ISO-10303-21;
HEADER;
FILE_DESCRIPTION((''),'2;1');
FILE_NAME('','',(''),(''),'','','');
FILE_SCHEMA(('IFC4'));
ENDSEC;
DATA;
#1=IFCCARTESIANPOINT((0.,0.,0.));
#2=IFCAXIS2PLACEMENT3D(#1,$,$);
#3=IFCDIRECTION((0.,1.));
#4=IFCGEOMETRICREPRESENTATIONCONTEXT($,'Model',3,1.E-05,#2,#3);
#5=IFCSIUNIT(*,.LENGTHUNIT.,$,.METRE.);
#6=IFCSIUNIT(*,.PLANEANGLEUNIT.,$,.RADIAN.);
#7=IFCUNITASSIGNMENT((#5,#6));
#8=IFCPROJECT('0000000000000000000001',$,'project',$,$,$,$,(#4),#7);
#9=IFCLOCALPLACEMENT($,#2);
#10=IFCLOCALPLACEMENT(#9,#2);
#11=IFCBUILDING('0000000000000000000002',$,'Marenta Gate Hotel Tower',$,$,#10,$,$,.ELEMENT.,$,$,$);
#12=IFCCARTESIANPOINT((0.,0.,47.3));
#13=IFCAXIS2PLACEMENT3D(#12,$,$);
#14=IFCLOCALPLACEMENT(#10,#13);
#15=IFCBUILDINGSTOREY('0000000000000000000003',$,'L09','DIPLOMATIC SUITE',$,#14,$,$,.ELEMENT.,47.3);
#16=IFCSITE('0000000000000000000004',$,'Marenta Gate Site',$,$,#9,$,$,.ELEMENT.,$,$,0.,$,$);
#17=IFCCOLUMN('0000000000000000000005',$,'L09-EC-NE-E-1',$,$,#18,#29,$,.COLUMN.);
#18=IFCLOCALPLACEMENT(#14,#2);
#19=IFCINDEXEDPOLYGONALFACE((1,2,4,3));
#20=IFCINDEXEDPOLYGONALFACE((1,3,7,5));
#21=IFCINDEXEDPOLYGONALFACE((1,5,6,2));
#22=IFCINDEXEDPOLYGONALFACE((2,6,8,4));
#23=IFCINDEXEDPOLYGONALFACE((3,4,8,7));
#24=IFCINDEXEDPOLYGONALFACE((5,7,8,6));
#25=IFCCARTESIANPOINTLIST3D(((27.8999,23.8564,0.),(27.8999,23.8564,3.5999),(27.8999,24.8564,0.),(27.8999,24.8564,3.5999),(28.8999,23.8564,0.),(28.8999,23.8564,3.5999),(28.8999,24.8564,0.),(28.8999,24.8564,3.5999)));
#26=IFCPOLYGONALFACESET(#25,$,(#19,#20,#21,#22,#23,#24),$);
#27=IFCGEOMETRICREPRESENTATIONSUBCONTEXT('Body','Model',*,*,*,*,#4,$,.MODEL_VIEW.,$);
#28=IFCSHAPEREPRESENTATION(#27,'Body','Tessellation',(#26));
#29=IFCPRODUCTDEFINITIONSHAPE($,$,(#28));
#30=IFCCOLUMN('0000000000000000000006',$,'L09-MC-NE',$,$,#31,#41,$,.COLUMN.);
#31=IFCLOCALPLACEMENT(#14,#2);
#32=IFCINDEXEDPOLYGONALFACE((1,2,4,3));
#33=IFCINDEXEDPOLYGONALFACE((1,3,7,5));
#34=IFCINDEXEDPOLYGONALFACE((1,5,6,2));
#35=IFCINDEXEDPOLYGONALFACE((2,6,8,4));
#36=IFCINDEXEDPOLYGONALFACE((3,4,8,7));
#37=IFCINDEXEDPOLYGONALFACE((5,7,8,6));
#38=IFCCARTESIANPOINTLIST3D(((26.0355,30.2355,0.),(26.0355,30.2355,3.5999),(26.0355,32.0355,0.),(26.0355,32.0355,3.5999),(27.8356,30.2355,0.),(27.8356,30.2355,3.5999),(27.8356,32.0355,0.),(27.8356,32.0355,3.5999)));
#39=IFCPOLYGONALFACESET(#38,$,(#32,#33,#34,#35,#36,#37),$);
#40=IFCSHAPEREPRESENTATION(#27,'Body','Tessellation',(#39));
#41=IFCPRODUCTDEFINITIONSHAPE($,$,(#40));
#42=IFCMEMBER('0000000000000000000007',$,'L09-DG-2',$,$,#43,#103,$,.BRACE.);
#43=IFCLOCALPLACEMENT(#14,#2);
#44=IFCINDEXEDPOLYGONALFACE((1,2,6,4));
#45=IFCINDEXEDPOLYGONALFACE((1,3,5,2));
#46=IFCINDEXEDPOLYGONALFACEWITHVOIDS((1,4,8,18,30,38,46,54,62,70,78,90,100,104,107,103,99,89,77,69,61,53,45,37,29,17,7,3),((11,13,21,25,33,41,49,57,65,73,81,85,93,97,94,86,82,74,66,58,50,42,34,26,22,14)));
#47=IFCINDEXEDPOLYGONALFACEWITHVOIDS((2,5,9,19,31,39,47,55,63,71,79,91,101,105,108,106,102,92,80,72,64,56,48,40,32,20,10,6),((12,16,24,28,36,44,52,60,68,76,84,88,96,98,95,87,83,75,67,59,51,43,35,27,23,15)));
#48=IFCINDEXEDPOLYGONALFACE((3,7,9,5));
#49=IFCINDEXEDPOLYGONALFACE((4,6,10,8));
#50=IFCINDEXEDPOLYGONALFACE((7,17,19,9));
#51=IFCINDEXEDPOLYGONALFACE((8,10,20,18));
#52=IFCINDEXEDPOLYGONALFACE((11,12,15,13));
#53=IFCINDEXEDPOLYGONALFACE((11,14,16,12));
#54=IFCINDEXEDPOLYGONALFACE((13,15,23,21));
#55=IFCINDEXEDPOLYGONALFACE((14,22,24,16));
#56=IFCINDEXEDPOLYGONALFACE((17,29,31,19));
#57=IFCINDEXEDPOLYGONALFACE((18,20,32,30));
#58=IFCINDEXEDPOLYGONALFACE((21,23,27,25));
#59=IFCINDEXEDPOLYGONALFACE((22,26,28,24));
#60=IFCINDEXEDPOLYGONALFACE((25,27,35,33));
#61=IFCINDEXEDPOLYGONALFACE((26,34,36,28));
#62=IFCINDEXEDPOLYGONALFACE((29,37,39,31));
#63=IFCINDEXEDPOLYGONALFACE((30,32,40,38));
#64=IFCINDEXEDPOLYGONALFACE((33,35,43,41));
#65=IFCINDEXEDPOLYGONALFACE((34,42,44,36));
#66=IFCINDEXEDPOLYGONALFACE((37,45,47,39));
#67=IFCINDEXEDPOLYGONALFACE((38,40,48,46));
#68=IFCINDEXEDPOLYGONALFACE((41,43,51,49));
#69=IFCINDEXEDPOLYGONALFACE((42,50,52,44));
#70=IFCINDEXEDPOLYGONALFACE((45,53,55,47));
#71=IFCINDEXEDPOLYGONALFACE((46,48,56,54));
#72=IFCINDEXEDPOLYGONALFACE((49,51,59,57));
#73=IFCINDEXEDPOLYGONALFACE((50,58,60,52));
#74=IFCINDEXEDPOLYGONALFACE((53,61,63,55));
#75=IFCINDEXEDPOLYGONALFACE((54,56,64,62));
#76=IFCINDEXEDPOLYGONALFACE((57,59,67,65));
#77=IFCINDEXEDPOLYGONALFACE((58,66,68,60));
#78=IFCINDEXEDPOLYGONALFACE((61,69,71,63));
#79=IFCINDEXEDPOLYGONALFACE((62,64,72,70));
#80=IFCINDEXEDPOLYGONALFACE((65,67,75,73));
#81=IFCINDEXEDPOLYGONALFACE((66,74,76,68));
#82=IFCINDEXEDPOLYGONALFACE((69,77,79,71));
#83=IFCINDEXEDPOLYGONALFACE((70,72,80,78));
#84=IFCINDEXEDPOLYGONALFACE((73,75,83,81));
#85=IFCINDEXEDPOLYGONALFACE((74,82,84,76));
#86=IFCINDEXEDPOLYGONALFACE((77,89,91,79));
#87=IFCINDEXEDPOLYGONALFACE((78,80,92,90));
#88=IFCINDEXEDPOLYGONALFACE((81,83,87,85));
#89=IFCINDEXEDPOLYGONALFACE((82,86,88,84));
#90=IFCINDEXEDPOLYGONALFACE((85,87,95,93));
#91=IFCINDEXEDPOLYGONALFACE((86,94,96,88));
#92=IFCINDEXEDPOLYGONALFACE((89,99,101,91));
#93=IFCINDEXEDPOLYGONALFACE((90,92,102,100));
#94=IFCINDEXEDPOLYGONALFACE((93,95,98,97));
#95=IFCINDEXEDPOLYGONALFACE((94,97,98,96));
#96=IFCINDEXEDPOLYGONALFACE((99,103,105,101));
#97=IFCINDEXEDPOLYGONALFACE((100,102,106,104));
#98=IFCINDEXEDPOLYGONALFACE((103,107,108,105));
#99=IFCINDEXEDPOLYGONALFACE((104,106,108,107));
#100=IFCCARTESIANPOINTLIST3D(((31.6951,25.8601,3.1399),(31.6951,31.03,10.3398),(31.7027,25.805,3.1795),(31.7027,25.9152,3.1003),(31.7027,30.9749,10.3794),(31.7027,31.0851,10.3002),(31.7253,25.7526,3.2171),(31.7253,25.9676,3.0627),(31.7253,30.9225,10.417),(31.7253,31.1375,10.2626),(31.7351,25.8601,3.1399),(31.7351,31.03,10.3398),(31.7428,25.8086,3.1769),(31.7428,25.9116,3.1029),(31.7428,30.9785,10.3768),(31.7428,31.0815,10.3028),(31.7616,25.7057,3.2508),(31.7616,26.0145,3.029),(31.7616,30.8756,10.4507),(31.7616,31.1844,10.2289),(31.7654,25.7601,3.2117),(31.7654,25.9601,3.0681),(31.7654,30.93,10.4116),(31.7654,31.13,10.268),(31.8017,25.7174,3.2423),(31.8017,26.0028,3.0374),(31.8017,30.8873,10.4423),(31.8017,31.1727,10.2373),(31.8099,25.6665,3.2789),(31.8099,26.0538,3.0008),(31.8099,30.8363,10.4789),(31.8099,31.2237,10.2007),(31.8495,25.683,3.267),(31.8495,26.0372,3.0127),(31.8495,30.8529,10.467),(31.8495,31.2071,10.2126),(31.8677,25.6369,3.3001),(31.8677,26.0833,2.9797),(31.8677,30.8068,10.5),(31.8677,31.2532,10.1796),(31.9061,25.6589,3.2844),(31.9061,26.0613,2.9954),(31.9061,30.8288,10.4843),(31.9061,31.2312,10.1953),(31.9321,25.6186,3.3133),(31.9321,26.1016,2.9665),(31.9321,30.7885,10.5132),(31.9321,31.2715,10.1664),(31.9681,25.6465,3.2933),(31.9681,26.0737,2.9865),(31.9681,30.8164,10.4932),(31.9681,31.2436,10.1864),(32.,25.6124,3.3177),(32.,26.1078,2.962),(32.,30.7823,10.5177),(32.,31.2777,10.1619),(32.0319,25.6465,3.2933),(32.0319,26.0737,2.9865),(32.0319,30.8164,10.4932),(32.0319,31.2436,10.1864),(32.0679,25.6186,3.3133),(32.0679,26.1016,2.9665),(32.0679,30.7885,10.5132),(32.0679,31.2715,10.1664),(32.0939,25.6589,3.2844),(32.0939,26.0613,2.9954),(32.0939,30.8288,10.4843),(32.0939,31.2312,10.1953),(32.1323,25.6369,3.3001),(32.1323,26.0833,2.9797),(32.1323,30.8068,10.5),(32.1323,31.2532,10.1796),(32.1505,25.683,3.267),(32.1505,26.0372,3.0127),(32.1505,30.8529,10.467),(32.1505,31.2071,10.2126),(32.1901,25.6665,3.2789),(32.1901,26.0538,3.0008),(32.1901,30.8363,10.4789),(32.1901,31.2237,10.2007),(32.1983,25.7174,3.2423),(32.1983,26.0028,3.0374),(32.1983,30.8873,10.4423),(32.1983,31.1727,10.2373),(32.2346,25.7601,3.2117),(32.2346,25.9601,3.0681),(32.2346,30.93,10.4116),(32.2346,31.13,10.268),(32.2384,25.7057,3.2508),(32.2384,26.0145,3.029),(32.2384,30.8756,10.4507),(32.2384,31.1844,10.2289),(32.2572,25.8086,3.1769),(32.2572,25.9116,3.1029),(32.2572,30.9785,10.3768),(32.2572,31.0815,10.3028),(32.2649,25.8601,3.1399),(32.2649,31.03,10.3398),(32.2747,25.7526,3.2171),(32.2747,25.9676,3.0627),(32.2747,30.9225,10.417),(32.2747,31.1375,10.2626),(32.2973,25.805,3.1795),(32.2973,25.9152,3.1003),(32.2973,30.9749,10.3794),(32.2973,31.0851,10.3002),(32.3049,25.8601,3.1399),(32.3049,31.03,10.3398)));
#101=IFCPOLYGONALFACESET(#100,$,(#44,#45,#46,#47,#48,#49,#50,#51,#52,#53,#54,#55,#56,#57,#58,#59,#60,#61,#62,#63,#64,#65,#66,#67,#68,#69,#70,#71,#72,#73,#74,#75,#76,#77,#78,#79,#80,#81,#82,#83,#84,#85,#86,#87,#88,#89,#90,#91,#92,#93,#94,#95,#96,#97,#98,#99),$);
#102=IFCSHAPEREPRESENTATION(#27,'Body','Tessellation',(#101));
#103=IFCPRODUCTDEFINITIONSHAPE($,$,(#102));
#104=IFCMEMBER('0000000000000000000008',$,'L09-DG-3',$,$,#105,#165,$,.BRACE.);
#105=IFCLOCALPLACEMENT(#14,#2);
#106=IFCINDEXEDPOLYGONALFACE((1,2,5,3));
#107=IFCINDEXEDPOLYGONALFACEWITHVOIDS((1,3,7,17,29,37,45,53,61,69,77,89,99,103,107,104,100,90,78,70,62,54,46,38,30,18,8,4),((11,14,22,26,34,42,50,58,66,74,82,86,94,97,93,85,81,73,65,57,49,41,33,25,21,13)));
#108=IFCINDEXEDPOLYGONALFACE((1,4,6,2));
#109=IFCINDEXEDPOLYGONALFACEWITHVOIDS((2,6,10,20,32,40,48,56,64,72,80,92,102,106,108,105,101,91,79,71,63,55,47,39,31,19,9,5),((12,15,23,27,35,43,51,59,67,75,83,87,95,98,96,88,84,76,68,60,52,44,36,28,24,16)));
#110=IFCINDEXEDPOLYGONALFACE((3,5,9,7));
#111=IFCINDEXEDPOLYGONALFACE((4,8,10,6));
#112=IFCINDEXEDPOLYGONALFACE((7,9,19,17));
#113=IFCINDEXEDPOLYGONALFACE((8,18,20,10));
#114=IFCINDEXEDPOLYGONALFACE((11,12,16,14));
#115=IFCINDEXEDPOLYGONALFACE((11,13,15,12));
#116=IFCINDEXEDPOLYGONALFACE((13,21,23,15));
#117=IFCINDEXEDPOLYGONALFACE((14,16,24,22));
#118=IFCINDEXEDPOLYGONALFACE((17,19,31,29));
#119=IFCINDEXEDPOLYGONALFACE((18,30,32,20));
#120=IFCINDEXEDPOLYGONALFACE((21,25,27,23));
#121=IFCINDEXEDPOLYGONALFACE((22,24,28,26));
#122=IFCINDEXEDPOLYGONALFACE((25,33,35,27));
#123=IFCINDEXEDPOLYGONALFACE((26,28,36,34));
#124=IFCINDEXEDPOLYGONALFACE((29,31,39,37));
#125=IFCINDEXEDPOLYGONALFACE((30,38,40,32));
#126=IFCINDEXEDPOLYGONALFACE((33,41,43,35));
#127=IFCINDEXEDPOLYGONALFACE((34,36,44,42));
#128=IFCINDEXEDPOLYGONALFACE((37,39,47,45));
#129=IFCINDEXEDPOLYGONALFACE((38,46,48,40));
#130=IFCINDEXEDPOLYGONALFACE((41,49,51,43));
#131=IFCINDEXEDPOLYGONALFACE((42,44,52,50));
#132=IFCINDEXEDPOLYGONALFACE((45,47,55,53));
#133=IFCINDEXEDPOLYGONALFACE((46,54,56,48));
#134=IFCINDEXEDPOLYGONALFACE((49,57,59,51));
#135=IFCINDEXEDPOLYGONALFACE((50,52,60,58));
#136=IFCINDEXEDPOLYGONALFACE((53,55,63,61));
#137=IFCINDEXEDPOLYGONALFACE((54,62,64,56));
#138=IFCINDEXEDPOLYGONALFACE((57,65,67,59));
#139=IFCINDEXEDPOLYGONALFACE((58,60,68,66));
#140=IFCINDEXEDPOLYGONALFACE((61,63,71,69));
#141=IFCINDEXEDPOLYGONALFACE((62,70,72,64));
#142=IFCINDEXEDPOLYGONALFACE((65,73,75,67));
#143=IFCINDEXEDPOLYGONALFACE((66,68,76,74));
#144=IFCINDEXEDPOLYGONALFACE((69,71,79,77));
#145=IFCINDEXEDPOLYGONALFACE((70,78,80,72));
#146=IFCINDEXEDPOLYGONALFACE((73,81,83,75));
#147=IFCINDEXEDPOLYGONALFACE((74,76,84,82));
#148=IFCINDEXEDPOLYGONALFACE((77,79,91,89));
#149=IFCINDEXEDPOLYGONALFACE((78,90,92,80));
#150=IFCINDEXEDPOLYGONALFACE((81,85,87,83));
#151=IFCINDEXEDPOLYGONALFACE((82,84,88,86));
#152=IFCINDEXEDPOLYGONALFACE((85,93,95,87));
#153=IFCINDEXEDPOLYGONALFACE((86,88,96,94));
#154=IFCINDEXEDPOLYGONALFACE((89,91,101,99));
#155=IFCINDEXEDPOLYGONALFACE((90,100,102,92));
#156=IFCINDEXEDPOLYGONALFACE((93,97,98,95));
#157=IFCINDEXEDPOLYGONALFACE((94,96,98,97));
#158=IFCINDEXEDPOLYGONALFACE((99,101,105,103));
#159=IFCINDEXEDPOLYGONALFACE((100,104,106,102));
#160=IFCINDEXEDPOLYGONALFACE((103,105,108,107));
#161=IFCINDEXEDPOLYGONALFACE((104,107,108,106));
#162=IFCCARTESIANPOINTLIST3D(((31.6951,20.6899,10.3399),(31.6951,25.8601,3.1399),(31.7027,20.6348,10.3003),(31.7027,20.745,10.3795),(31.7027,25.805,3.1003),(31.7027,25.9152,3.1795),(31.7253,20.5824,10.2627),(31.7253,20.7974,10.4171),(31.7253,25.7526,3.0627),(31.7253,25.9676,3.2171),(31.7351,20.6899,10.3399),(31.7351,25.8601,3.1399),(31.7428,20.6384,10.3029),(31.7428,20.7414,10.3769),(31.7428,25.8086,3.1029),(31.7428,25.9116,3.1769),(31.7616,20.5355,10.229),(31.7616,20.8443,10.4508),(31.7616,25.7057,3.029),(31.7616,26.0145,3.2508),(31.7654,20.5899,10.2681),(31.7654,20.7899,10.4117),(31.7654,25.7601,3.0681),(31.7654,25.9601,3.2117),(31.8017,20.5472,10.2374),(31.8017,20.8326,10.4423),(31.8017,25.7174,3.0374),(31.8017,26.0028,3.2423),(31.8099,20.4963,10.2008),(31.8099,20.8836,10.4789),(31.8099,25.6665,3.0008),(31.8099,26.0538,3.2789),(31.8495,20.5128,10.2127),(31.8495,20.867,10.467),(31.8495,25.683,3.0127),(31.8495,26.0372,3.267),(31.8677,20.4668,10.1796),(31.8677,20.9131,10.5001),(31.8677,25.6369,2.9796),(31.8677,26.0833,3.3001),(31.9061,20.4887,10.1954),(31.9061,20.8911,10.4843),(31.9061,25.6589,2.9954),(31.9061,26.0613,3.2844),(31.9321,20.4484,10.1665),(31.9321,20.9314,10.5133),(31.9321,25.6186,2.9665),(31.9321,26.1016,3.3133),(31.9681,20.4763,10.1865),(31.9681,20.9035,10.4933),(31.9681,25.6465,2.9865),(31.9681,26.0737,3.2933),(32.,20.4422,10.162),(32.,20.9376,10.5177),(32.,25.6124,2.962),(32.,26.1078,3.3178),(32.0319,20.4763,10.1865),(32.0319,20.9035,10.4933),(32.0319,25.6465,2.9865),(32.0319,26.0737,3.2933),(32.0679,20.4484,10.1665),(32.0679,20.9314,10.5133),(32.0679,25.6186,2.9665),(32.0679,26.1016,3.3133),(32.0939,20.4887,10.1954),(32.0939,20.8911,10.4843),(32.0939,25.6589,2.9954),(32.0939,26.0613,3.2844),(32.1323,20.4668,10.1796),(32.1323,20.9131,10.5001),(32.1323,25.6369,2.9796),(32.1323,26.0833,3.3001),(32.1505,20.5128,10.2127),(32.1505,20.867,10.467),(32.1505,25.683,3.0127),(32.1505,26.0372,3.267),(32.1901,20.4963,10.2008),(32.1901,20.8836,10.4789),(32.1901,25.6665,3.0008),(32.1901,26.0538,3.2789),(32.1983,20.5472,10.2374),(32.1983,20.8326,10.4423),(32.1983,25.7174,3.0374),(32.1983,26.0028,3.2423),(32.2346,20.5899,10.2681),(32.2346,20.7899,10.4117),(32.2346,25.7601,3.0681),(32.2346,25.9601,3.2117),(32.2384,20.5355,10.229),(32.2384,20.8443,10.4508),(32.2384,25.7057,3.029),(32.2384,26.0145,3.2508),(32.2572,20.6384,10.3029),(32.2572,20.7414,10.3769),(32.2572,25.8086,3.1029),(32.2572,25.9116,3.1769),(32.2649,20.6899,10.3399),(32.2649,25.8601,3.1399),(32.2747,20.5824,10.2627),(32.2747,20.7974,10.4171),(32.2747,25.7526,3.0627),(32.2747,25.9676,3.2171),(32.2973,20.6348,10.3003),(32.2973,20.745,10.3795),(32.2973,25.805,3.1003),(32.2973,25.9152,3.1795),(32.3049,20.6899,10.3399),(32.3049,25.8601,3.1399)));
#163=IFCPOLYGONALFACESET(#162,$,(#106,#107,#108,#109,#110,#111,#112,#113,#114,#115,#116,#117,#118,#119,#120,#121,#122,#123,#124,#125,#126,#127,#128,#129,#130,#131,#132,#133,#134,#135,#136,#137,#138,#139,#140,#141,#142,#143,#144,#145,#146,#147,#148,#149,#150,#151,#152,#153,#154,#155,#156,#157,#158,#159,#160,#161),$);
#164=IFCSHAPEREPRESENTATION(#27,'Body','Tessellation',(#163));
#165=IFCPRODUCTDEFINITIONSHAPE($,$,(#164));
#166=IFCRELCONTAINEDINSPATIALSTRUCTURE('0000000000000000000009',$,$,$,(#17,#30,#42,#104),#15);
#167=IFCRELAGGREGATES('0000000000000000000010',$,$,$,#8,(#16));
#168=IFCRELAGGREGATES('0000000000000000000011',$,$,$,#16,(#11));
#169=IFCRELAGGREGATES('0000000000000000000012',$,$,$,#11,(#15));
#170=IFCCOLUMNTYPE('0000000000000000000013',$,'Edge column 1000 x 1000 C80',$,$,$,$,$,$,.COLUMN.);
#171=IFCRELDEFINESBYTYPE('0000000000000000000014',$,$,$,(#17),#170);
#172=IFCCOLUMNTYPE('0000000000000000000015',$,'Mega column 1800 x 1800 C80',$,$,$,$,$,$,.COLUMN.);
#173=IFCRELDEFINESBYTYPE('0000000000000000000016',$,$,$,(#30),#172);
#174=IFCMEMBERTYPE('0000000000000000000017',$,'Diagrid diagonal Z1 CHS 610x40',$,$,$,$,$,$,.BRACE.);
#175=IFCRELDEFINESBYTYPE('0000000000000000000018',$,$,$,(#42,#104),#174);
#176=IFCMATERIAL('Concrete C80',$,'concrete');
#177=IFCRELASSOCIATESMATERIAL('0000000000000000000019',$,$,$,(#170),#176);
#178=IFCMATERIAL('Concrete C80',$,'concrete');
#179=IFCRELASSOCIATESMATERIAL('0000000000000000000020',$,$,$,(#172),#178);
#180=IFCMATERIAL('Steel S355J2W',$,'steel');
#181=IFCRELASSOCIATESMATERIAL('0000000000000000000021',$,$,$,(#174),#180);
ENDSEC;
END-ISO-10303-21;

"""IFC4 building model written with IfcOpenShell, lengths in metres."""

from ifc_helpers import new_model, si_unit, direction, frame, origin, origin_2d, place, context, subcontext, project, spatial, rectangle, hollow_circle, extrude, material, material_profile, profile_set, type_object, element, save


model = new_model("IFC4")

# Units and contexts
model_context = context("Model", 3, precision=1e-05, world=origin(), true_north=direction((0.0, 1.0)))
body_context = subcontext(model_context, "Body", "Model", "MODEL_VIEW")
ifc_project = project(units=[si_unit("LENGTHUNIT", "METRE"), si_unit("PLANEANGLEUNIT", "RADIAN")], contexts=[model_context])

# Site, building, storey
site_placement = place(None, origin())
site = spatial("IfcSite", under=ifc_project, at=site_placement, Name="Marenta Gate Site", CompositionType="ELEMENT", RefElevation=0.0)
building_placement = place(site_placement, origin())
building = spatial("IfcBuilding", under=site, at=building_placement, Name="Marenta Gate Hotel Tower", CompositionType="ELEMENT")
storey_placement = place(building_placement, frame((0.0, 0.0, 47.3)))
storey = spatial("IfcBuildingStorey", under=building, at=storey_placement, Name="L09", Description="DIPLOMATIC SUITE", CompositionType="ELEMENT", Elevation=47.3)

# Columns
ifc_material_1 = material(Name="Concrete C80", Category="concrete")
ifc_material_profile_1 = material_profile(ifc_material_1, rectangle(XDim=1.0, YDim=1.0, at=origin_2d()), Name="1000 x 1000")
ifc_profile_set_1 = profile_set([ifc_material_profile_1], Name="Concrete C80")
column_type_1 = type_object("IfcColumnType", Name="Edge column 1000 x 1000 C80", PredefinedType="COLUMN", material=ifc_profile_set_1)
column_1_placement = place(storey_placement, frame((28.3999, 24.3564, 0.0), z_axis=(0.0, 0.0, 1.0), x_axis=(1.0, 0.0, 0.0)))
element("IfcColumn", 1, at=column_1_placement, inside=storey, type_object=column_type_1, Name="L09-EC-NE-E-1", PredefinedType="COLUMN", context=body_context, shape_type="SweptSolid", body=[
    extrude(rectangle(XDim=1.0, YDim=1.0, at=origin_2d()), origin(), (0.0, 0.0, 1.0), 3.5999),
])
ifc_material_2 = material(Name="Concrete C80", Category="concrete")
ifc_material_profile_2 = material_profile(ifc_material_2, rectangle(XDim=1.8, YDim=1.8, at=origin_2d()), Name="1800 x 1800")
ifc_profile_set_2 = profile_set([ifc_material_profile_2], Name="Concrete C80")
column_type_2 = type_object("IfcColumnType", Name="Mega column 1800 x 1800 C80", PredefinedType="COLUMN", material=ifc_profile_set_2)
column_2_placement = place(storey_placement, frame((26.9355, 31.1355, 0.0), z_axis=(0.0, 0.0, 1.0), x_axis=(1.0, 0.0, 0.0)))
element("IfcColumn", 2, at=column_2_placement, inside=storey, type_object=column_type_2, Name="L09-MC-NE", PredefinedType="COLUMN", context=body_context, shape_type="SweptSolid", body=[
    extrude(rectangle(XDim=1.8, YDim=1.8, at=origin_2d()), origin(), (0.0, 0.0, 1.0), 3.5999),
])

# Members
ifc_material_3 = material(Name="Steel S355J2W", Category="steel")
ifc_material_profile_3 = material_profile(ifc_material_3, hollow_circle(Radius=0.3049, WallThickness=0.04, at=origin_2d()), Name="CHS 610x40")
ifc_profile_set_3 = profile_set([ifc_material_profile_3], Name="Steel S355J2W")
member_type_1 = type_object("IfcMemberType", Name="Diagrid diagonal Z1 CHS 610x40", PredefinedType="BRACE", material=ifc_profile_set_3)
member_1_placement = place(storey_placement, frame((32.0, 25.8601, 3.1399), z_axis=(0.0, 0.583261, 0.812285), x_axis=(-1.0, 0.0, 0.0)))
element("IfcMember", 3, at=member_1_placement, inside=storey, type_object=member_type_1, Name="L09-DG-2", PredefinedType="BRACE", context=body_context, shape_type="SweptSolid", body=[
    extrude(hollow_circle(Radius=0.3049, WallThickness=0.04, at=origin_2d()), origin(), (0.0, 0.0, 1.0), 8.8638),
])
member_2_placement = place(storey_placement, frame((32.0, 25.8601, 3.1399), z_axis=(0.0, -0.583279, 0.812272), x_axis=(1.0, 0.0, 0.0)))
element("IfcMember", 4, at=member_2_placement, inside=storey, type_object=member_type_1, Name="L09-DG-3", PredefinedType="BRACE", context=body_context, shape_type="SweptSolid", body=[
    extrude(hollow_circle(Radius=0.3049, WallThickness=0.04, at=origin_2d()), origin(), (0.0, 0.0, 1.0), 8.864),
])

save(model, "model.ifc")
